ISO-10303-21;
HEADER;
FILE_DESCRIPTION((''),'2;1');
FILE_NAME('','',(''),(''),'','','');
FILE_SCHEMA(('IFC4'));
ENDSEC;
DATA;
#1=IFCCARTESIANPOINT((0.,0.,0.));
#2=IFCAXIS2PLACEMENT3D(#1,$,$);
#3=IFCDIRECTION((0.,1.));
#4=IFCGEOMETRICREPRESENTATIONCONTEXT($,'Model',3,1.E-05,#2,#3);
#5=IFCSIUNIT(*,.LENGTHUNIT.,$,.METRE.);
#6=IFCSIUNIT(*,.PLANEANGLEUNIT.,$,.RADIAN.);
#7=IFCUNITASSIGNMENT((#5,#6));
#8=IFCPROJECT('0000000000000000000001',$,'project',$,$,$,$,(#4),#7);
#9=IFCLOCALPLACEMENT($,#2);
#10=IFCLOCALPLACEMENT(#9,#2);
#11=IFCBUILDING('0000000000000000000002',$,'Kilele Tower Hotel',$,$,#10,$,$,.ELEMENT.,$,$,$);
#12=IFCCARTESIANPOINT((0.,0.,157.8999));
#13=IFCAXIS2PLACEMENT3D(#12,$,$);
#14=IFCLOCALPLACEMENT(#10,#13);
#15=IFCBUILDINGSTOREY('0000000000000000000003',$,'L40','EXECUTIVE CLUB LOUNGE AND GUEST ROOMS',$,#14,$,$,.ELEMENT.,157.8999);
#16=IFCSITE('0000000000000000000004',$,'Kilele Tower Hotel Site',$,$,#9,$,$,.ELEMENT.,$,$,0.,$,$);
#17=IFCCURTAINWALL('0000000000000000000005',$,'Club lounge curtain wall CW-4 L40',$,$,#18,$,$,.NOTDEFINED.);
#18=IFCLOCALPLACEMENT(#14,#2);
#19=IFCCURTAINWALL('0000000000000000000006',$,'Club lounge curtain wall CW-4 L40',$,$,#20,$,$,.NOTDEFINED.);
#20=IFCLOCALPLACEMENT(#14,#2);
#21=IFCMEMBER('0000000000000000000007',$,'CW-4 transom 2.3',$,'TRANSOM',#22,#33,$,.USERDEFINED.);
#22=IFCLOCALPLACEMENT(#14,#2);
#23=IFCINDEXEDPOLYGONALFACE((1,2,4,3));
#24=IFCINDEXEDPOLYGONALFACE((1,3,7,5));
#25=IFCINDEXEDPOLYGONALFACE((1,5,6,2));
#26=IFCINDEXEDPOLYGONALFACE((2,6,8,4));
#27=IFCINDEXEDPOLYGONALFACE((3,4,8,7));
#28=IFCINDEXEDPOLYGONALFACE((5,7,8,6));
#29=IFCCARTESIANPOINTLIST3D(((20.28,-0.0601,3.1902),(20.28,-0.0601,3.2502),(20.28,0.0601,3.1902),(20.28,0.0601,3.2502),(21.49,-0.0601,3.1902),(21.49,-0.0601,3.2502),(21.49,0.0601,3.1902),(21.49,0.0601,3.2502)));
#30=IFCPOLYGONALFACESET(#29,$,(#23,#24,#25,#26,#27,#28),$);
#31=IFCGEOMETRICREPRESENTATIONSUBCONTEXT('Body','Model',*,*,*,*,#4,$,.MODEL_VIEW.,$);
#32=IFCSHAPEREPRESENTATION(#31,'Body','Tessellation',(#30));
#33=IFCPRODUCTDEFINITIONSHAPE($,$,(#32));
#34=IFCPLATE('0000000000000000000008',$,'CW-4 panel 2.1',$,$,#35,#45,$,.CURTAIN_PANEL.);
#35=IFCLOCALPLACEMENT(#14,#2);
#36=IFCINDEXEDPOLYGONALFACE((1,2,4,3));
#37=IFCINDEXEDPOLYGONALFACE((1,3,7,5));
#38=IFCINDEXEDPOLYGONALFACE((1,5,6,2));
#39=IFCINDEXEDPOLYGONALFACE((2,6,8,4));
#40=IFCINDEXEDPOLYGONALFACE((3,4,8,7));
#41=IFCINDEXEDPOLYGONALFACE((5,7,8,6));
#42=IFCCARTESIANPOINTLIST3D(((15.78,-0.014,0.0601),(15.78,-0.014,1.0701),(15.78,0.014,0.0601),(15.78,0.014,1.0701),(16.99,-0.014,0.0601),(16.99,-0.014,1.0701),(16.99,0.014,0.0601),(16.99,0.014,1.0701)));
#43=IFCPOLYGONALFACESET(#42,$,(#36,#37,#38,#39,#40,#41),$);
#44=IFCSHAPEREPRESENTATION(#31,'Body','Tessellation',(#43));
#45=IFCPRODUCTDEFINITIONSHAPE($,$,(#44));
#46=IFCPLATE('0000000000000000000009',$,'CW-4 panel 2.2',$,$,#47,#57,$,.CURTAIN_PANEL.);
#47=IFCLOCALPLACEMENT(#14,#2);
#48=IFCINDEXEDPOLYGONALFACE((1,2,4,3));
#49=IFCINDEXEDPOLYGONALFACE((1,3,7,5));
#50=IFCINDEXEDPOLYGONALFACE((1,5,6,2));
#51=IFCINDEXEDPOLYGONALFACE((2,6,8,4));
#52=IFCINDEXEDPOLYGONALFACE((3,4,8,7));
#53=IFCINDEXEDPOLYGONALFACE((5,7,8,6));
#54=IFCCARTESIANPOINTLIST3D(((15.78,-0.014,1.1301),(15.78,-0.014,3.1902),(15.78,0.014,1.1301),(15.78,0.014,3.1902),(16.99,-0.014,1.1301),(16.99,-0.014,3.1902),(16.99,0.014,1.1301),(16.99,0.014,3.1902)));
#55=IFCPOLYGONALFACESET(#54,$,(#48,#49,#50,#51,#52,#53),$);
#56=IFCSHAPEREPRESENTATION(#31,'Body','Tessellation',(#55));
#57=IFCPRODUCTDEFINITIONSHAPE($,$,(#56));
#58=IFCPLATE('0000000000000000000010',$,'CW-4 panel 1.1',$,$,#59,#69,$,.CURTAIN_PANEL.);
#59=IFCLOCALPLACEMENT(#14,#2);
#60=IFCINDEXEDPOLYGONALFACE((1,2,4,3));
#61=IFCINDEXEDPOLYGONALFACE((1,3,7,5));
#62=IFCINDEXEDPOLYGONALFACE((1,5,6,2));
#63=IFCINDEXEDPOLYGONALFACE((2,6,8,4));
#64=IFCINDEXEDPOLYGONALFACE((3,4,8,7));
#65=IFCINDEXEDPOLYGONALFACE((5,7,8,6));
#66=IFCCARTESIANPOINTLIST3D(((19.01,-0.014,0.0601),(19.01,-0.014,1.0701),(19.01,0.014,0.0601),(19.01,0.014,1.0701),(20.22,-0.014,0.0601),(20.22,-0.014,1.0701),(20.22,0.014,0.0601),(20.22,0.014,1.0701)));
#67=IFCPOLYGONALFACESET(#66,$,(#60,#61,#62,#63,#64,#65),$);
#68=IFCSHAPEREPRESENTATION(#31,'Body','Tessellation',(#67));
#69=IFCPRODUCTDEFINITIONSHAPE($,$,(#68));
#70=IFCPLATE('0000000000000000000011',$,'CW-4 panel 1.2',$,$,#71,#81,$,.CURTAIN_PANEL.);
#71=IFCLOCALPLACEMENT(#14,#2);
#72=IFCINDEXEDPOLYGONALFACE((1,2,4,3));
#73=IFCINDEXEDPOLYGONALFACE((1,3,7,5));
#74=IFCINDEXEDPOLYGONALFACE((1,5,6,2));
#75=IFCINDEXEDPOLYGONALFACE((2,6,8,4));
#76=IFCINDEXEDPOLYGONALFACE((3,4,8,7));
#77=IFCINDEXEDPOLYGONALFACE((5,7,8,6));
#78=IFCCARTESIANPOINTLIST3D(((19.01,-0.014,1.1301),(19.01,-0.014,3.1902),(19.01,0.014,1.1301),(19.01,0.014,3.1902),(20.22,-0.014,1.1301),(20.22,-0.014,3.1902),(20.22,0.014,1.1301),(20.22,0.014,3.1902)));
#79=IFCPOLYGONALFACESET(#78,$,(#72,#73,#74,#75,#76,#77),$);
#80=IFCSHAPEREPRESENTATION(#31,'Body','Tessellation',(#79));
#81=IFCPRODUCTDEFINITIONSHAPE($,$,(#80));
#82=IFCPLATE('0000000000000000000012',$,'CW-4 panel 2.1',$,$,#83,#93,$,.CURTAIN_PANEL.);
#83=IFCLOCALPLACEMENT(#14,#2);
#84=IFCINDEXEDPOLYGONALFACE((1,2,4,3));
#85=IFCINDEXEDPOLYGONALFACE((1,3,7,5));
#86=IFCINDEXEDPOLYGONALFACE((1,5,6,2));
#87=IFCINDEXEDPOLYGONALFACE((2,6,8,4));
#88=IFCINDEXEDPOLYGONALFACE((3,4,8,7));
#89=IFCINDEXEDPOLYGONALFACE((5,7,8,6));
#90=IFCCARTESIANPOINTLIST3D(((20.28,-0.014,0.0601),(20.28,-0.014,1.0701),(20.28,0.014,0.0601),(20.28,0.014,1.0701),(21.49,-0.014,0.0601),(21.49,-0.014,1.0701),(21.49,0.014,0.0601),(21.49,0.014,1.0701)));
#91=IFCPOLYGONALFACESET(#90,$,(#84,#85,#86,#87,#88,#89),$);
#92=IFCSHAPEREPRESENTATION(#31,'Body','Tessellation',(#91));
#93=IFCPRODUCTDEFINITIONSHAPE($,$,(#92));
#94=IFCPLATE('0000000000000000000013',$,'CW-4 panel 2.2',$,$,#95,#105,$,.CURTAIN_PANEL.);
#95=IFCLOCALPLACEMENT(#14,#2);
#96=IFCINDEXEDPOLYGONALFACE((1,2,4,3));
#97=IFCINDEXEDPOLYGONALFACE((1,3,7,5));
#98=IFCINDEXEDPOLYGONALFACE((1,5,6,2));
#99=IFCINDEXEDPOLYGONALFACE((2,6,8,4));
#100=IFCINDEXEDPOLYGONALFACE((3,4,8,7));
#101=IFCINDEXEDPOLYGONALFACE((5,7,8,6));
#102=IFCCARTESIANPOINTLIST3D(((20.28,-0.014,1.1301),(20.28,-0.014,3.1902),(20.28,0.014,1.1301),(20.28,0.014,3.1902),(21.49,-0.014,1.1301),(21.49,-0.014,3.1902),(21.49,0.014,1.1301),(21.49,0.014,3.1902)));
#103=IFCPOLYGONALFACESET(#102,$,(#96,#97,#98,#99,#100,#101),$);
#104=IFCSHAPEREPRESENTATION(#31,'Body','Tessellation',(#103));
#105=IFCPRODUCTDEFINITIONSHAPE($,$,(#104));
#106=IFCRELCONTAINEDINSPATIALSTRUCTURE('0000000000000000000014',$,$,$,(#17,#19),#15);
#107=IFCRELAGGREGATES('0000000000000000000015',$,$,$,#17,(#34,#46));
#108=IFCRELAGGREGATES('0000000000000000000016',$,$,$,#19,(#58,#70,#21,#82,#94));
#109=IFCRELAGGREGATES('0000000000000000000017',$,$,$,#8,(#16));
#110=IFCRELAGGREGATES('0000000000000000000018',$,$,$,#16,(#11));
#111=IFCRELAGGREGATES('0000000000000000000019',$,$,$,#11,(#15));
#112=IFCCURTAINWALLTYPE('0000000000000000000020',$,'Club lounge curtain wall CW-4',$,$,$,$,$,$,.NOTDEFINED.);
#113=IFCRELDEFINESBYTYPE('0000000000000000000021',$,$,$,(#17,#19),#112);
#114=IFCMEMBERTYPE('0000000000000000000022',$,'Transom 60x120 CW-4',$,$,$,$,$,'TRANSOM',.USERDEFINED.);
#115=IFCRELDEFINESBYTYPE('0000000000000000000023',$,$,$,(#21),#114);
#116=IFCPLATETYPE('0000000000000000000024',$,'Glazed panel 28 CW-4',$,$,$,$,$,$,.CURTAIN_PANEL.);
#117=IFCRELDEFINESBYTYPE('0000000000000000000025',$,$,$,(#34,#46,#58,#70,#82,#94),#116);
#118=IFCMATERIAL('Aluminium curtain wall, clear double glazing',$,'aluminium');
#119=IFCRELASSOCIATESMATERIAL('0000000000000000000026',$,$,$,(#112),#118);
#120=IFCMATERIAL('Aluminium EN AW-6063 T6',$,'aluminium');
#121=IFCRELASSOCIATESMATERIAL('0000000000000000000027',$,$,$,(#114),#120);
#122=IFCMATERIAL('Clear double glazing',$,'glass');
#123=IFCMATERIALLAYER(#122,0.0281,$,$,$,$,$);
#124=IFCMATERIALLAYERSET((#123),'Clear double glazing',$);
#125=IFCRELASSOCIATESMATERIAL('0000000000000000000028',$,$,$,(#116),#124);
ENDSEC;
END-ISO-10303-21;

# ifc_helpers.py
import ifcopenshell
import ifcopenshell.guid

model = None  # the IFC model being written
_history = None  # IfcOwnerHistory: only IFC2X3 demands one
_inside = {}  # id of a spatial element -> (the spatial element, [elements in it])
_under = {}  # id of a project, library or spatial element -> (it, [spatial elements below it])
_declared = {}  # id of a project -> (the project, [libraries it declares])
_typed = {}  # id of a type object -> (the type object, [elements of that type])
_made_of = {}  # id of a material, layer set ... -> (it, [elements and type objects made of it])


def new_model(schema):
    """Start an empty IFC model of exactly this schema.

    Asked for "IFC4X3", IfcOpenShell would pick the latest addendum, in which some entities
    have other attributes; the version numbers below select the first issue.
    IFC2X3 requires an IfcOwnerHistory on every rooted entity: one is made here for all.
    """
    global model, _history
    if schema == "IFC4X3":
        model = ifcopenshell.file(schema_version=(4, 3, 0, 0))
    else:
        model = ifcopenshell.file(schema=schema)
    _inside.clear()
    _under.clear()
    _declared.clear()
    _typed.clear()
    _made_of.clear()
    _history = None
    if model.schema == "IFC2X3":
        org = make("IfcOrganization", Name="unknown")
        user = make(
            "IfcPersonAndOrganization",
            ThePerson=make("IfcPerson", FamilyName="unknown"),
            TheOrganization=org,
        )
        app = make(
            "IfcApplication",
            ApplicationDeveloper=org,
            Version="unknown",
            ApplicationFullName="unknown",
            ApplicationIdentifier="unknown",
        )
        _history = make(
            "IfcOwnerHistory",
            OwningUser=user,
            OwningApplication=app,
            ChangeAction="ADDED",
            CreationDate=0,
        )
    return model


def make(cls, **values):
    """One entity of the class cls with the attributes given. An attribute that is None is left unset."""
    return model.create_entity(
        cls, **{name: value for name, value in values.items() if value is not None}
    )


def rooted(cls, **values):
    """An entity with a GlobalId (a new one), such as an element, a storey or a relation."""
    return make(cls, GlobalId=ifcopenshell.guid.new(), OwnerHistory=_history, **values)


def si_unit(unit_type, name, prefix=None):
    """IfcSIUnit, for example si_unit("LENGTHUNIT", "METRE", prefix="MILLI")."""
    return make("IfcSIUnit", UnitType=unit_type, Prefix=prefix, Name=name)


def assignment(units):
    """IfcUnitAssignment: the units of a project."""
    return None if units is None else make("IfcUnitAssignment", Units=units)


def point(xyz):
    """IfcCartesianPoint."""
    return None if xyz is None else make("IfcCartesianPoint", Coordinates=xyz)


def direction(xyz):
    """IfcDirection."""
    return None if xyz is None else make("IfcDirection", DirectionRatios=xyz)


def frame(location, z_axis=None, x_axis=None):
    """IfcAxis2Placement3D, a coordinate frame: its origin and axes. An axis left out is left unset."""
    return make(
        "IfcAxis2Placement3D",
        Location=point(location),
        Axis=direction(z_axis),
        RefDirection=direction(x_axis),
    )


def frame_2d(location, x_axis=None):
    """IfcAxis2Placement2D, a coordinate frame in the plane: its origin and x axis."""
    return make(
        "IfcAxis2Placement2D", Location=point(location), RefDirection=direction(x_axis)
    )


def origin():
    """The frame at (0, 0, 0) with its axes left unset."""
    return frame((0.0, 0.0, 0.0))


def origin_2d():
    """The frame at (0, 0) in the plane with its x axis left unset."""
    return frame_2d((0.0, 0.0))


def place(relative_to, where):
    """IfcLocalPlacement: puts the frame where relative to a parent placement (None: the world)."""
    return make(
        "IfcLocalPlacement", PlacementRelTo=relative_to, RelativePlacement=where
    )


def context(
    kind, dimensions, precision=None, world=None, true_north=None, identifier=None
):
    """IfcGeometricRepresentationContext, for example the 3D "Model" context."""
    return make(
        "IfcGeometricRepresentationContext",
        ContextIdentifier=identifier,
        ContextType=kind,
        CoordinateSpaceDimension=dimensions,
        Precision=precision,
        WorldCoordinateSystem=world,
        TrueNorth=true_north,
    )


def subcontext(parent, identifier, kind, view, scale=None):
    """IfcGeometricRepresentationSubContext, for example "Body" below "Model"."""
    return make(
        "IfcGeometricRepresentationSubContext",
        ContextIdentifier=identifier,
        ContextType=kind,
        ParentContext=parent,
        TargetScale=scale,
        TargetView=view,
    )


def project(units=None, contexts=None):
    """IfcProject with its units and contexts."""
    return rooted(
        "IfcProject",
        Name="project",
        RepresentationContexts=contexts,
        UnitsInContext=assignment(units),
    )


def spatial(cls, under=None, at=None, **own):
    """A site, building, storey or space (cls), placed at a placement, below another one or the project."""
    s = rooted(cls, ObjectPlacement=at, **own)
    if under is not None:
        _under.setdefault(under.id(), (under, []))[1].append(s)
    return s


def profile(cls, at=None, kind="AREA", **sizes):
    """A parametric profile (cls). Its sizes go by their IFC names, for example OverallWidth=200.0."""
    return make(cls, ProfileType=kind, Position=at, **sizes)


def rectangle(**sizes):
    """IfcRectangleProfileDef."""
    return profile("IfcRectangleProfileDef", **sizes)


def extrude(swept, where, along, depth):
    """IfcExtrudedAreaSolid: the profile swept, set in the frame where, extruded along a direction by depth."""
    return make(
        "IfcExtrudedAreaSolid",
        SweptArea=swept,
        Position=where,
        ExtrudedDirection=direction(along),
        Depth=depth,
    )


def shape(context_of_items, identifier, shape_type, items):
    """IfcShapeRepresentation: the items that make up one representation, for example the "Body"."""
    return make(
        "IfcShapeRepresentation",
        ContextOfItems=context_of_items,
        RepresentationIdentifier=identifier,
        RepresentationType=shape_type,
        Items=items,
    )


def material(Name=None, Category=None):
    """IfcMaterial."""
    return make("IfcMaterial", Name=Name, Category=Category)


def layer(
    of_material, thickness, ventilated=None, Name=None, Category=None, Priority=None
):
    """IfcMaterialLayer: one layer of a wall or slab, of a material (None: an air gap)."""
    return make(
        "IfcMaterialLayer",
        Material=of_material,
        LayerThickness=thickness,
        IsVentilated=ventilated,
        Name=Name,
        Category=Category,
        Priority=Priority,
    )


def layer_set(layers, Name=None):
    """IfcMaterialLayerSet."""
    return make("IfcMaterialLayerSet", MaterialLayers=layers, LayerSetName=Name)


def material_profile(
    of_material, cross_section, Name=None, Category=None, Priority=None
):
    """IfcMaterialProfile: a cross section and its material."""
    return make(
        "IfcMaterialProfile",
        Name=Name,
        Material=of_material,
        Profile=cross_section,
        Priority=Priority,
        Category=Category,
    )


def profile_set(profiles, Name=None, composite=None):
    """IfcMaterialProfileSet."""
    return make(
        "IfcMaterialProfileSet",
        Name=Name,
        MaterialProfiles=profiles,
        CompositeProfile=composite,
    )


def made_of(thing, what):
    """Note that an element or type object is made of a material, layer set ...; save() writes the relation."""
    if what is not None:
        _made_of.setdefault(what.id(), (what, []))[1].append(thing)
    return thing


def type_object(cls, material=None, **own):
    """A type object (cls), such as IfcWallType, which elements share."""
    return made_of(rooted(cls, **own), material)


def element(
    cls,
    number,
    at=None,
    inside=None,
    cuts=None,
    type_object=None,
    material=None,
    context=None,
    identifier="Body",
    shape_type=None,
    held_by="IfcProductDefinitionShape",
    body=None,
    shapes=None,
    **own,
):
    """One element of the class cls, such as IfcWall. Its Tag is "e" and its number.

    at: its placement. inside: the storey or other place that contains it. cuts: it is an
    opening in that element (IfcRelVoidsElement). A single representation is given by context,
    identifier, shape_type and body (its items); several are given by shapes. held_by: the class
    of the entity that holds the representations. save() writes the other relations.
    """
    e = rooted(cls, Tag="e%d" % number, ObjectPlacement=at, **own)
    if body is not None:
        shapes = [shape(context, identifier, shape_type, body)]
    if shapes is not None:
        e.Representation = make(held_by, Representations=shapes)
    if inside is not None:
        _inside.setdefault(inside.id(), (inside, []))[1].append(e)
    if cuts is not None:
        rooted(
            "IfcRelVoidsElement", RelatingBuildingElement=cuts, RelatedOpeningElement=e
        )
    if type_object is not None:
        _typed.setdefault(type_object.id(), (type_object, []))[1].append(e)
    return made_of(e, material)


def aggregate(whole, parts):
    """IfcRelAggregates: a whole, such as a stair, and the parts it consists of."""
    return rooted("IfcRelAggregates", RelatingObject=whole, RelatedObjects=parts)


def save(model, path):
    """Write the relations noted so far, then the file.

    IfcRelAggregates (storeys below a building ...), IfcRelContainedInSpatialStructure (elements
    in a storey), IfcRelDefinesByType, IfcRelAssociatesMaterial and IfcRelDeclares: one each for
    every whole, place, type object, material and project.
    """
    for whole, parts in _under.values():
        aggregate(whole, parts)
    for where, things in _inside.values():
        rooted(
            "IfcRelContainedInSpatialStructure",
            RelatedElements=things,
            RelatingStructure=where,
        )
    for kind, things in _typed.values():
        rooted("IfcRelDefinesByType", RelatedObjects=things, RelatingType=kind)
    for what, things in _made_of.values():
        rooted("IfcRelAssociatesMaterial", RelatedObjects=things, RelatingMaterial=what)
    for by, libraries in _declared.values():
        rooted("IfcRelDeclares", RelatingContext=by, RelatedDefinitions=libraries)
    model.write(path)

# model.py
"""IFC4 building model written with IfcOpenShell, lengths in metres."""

from ifc_helpers import new_model, si_unit, direction, frame, origin, origin_2d, place, context, subcontext, project, spatial, rectangle, extrude, material, layer, layer_set, material_profile, profile_set, type_object, element, aggregate, save


model = new_model("IFC4")

# Units and contexts
model_context = context("Model", 3, precision=1e-05, world=origin(), true_north=direction((0.0, 1.0)))
body_context = subcontext(model_context, "Body", "Model", "MODEL_VIEW")
ifc_project = project(units=[si_unit("LENGTHUNIT", "METRE"), si_unit("PLANEANGLEUNIT", "RADIAN")], contexts=[model_context])

# Site, building, storey
site_placement = place(None, origin())
site = spatial("IfcSite", under=ifc_project, at=site_placement, Name="Kilele Tower Hotel Site", CompositionType="ELEMENT", RefElevation=0.0)
building_placement = place(site_placement, origin())
building = spatial("IfcBuilding", under=site, at=building_placement, Name="Kilele Tower Hotel", CompositionType="ELEMENT")
storey_placement = place(building_placement, frame((0.0, 0.0, 157.8999)))
storey = spatial("IfcBuildingStorey", under=building, at=storey_placement, Name="L40", Description="EXECUTIVE CLUB LOUNGE AND GUEST ROOMS", CompositionType="ELEMENT", Elevation=157.8999)

# Curtain wall
ifc_material_1 = material(Name="Aluminium curtain wall, clear double glazing", Category="aluminium")
curtain_wall_type = type_object("IfcCurtainWallType", Name="Club lounge curtain wall CW-4", PredefinedType="NOTDEFINED", material=ifc_material_1)
curtain_wall_1_placement = place(storey_placement, origin())
curtain_wall_1 = element("IfcCurtainWall", 1, at=curtain_wall_1_placement, inside=storey, type_object=curtain_wall_type, Name="Club lounge curtain wall CW-4 L40", PredefinedType="NOTDEFINED")

# Curtain wall
curtain_wall_2_placement = place(storey_placement, origin())
curtain_wall_2 = element("IfcCurtainWall", 2, at=curtain_wall_2_placement, inside=storey, type_object=curtain_wall_type, Name="Club lounge curtain wall CW-4 L40", PredefinedType="NOTDEFINED")

# Member
ifc_material_2 = material(Name="Aluminium EN AW-6063 T6", Category="aluminium")
ifc_material_profile_1 = material_profile(ifc_material_2, rectangle(XDim=0.1201, YDim=0.0601, at=origin_2d()))
ifc_profile_set_1 = profile_set([ifc_material_profile_1], Name="Aluminium EN AW-6063 T6")
member_type_1 = type_object("IfcMemberType", Name="Transom 60x120 CW-4", ElementType="TRANSOM", PredefinedType="USERDEFINED", material=ifc_profile_set_1)
member_1_placement = place(storey_placement, frame((20.28, 0.0, 3.2202), z_axis=(1.0, 0.0, 0.0), x_axis=(0.0, 1.0, 0.0)))
member_1 = element("IfcMember", 3, at=member_1_placement, type_object=member_type_1, Name="CW-4 transom 2.3", ObjectType="TRANSOM", PredefinedType="USERDEFINED", context=body_context, shape_type="SweptSolid", body=[
    extrude(rectangle(XDim=0.1201, YDim=0.0601, at=origin_2d()), origin(), (0.0, 0.0, 1.0), 1.21),
])

# Plates
ifc_material_3 = material(Name="Clear double glazing", Category="glass")
ifc_layer = layer(ifc_material_3, 0.0281)
ifc_layer_set = layer_set([ifc_layer], Name="Clear double glazing")
plate_type = type_object("IfcPlateType", Name="Glazed panel 28 CW-4", PredefinedType="CURTAIN_PANEL", material=ifc_layer_set)
plate_1_placement = place(storey_placement, frame((16.385, 0.0, 0.0601), z_axis=(0.0, 0.0, 1.0), x_axis=(1.0, 0.0, 0.0)))
plate_1 = element("IfcPlate", 4, at=plate_1_placement, type_object=plate_type, Name="CW-4 panel 2.1", PredefinedType="CURTAIN_PANEL", context=body_context, shape_type="SweptSolid", body=[
    extrude(rectangle(XDim=1.21, YDim=0.0281, at=origin_2d()), origin(), (0.0, 0.0, 1.0), 1.01),
])
plate_2_placement = place(storey_placement, frame((16.385, 0.0, 1.1301), z_axis=(0.0, 0.0, 1.0), x_axis=(1.0, 0.0, 0.0)))
plate_2 = element("IfcPlate", 5, at=plate_2_placement, type_object=plate_type, Name="CW-4 panel 2.2", PredefinedType="CURTAIN_PANEL", context=body_context, shape_type="SweptSolid", body=[
    extrude(rectangle(XDim=1.21, YDim=0.0281, at=origin_2d()), origin(), (0.0, 0.0, 1.0), 2.0601),
])
aggregate(curtain_wall_1, [plate_1, plate_2])
plate_3_placement = place(storey_placement, frame((19.615, 0.0, 0.0601), z_axis=(0.0, 0.0, 1.0), x_axis=(1.0, 0.0, 0.0)))
plate_3 = element("IfcPlate", 6, at=plate_3_placement, type_object=plate_type, Name="CW-4 panel 1.1", PredefinedType="CURTAIN_PANEL", context=body_context, shape_type="SweptSolid", body=[
    extrude(rectangle(XDim=1.21, YDim=0.0281, at=origin_2d()), origin(), (0.0, 0.0, 1.0), 1.01),
])
plate_4_placement = place(storey_placement, frame((19.615, 0.0, 1.1301), z_axis=(0.0, 0.0, 1.0), x_axis=(1.0, 0.0, 0.0)))
plate_4 = element("IfcPlate", 7, at=plate_4_placement, type_object=plate_type, Name="CW-4 panel 1.2", PredefinedType="CURTAIN_PANEL", context=body_context, shape_type="SweptSolid", body=[
    extrude(rectangle(XDim=1.21, YDim=0.0281, at=origin_2d()), origin(), (0.0, 0.0, 1.0), 2.0601),
])
plate_5_placement = place(storey_placement, frame((20.885, 0.0, 0.0601), z_axis=(0.0, 0.0, 1.0), x_axis=(1.0, 0.0, 0.0)))
plate_5 = element("IfcPlate", 8, at=plate_5_placement, type_object=plate_type, Name="CW-4 panel 2.1", PredefinedType="CURTAIN_PANEL", context=body_context, shape_type="SweptSolid", body=[
    extrude(rectangle(XDim=1.21, YDim=0.0281, at=origin_2d()), origin(), (0.0, 0.0, 1.0), 1.01),
])
plate_6_placement = place(storey_placement, frame((20.885, 0.0, 1.1301), z_axis=(0.0, 0.0, 1.0), x_axis=(1.0, 0.0, 0.0)))
plate_6 = element("IfcPlate", 9, at=plate_6_placement, type_object=plate_type, Name="CW-4 panel 2.2", PredefinedType="CURTAIN_PANEL", context=body_context, shape_type="SweptSolid", body=[
    extrude(rectangle(XDim=1.21, YDim=0.0281, at=origin_2d()), origin(), (0.0, 0.0, 1.0), 2.0601),
])
aggregate(curtain_wall_2, [plate_3, plate_4, member_1, plate_5, plate_6])

save(model, "model.ifc")
